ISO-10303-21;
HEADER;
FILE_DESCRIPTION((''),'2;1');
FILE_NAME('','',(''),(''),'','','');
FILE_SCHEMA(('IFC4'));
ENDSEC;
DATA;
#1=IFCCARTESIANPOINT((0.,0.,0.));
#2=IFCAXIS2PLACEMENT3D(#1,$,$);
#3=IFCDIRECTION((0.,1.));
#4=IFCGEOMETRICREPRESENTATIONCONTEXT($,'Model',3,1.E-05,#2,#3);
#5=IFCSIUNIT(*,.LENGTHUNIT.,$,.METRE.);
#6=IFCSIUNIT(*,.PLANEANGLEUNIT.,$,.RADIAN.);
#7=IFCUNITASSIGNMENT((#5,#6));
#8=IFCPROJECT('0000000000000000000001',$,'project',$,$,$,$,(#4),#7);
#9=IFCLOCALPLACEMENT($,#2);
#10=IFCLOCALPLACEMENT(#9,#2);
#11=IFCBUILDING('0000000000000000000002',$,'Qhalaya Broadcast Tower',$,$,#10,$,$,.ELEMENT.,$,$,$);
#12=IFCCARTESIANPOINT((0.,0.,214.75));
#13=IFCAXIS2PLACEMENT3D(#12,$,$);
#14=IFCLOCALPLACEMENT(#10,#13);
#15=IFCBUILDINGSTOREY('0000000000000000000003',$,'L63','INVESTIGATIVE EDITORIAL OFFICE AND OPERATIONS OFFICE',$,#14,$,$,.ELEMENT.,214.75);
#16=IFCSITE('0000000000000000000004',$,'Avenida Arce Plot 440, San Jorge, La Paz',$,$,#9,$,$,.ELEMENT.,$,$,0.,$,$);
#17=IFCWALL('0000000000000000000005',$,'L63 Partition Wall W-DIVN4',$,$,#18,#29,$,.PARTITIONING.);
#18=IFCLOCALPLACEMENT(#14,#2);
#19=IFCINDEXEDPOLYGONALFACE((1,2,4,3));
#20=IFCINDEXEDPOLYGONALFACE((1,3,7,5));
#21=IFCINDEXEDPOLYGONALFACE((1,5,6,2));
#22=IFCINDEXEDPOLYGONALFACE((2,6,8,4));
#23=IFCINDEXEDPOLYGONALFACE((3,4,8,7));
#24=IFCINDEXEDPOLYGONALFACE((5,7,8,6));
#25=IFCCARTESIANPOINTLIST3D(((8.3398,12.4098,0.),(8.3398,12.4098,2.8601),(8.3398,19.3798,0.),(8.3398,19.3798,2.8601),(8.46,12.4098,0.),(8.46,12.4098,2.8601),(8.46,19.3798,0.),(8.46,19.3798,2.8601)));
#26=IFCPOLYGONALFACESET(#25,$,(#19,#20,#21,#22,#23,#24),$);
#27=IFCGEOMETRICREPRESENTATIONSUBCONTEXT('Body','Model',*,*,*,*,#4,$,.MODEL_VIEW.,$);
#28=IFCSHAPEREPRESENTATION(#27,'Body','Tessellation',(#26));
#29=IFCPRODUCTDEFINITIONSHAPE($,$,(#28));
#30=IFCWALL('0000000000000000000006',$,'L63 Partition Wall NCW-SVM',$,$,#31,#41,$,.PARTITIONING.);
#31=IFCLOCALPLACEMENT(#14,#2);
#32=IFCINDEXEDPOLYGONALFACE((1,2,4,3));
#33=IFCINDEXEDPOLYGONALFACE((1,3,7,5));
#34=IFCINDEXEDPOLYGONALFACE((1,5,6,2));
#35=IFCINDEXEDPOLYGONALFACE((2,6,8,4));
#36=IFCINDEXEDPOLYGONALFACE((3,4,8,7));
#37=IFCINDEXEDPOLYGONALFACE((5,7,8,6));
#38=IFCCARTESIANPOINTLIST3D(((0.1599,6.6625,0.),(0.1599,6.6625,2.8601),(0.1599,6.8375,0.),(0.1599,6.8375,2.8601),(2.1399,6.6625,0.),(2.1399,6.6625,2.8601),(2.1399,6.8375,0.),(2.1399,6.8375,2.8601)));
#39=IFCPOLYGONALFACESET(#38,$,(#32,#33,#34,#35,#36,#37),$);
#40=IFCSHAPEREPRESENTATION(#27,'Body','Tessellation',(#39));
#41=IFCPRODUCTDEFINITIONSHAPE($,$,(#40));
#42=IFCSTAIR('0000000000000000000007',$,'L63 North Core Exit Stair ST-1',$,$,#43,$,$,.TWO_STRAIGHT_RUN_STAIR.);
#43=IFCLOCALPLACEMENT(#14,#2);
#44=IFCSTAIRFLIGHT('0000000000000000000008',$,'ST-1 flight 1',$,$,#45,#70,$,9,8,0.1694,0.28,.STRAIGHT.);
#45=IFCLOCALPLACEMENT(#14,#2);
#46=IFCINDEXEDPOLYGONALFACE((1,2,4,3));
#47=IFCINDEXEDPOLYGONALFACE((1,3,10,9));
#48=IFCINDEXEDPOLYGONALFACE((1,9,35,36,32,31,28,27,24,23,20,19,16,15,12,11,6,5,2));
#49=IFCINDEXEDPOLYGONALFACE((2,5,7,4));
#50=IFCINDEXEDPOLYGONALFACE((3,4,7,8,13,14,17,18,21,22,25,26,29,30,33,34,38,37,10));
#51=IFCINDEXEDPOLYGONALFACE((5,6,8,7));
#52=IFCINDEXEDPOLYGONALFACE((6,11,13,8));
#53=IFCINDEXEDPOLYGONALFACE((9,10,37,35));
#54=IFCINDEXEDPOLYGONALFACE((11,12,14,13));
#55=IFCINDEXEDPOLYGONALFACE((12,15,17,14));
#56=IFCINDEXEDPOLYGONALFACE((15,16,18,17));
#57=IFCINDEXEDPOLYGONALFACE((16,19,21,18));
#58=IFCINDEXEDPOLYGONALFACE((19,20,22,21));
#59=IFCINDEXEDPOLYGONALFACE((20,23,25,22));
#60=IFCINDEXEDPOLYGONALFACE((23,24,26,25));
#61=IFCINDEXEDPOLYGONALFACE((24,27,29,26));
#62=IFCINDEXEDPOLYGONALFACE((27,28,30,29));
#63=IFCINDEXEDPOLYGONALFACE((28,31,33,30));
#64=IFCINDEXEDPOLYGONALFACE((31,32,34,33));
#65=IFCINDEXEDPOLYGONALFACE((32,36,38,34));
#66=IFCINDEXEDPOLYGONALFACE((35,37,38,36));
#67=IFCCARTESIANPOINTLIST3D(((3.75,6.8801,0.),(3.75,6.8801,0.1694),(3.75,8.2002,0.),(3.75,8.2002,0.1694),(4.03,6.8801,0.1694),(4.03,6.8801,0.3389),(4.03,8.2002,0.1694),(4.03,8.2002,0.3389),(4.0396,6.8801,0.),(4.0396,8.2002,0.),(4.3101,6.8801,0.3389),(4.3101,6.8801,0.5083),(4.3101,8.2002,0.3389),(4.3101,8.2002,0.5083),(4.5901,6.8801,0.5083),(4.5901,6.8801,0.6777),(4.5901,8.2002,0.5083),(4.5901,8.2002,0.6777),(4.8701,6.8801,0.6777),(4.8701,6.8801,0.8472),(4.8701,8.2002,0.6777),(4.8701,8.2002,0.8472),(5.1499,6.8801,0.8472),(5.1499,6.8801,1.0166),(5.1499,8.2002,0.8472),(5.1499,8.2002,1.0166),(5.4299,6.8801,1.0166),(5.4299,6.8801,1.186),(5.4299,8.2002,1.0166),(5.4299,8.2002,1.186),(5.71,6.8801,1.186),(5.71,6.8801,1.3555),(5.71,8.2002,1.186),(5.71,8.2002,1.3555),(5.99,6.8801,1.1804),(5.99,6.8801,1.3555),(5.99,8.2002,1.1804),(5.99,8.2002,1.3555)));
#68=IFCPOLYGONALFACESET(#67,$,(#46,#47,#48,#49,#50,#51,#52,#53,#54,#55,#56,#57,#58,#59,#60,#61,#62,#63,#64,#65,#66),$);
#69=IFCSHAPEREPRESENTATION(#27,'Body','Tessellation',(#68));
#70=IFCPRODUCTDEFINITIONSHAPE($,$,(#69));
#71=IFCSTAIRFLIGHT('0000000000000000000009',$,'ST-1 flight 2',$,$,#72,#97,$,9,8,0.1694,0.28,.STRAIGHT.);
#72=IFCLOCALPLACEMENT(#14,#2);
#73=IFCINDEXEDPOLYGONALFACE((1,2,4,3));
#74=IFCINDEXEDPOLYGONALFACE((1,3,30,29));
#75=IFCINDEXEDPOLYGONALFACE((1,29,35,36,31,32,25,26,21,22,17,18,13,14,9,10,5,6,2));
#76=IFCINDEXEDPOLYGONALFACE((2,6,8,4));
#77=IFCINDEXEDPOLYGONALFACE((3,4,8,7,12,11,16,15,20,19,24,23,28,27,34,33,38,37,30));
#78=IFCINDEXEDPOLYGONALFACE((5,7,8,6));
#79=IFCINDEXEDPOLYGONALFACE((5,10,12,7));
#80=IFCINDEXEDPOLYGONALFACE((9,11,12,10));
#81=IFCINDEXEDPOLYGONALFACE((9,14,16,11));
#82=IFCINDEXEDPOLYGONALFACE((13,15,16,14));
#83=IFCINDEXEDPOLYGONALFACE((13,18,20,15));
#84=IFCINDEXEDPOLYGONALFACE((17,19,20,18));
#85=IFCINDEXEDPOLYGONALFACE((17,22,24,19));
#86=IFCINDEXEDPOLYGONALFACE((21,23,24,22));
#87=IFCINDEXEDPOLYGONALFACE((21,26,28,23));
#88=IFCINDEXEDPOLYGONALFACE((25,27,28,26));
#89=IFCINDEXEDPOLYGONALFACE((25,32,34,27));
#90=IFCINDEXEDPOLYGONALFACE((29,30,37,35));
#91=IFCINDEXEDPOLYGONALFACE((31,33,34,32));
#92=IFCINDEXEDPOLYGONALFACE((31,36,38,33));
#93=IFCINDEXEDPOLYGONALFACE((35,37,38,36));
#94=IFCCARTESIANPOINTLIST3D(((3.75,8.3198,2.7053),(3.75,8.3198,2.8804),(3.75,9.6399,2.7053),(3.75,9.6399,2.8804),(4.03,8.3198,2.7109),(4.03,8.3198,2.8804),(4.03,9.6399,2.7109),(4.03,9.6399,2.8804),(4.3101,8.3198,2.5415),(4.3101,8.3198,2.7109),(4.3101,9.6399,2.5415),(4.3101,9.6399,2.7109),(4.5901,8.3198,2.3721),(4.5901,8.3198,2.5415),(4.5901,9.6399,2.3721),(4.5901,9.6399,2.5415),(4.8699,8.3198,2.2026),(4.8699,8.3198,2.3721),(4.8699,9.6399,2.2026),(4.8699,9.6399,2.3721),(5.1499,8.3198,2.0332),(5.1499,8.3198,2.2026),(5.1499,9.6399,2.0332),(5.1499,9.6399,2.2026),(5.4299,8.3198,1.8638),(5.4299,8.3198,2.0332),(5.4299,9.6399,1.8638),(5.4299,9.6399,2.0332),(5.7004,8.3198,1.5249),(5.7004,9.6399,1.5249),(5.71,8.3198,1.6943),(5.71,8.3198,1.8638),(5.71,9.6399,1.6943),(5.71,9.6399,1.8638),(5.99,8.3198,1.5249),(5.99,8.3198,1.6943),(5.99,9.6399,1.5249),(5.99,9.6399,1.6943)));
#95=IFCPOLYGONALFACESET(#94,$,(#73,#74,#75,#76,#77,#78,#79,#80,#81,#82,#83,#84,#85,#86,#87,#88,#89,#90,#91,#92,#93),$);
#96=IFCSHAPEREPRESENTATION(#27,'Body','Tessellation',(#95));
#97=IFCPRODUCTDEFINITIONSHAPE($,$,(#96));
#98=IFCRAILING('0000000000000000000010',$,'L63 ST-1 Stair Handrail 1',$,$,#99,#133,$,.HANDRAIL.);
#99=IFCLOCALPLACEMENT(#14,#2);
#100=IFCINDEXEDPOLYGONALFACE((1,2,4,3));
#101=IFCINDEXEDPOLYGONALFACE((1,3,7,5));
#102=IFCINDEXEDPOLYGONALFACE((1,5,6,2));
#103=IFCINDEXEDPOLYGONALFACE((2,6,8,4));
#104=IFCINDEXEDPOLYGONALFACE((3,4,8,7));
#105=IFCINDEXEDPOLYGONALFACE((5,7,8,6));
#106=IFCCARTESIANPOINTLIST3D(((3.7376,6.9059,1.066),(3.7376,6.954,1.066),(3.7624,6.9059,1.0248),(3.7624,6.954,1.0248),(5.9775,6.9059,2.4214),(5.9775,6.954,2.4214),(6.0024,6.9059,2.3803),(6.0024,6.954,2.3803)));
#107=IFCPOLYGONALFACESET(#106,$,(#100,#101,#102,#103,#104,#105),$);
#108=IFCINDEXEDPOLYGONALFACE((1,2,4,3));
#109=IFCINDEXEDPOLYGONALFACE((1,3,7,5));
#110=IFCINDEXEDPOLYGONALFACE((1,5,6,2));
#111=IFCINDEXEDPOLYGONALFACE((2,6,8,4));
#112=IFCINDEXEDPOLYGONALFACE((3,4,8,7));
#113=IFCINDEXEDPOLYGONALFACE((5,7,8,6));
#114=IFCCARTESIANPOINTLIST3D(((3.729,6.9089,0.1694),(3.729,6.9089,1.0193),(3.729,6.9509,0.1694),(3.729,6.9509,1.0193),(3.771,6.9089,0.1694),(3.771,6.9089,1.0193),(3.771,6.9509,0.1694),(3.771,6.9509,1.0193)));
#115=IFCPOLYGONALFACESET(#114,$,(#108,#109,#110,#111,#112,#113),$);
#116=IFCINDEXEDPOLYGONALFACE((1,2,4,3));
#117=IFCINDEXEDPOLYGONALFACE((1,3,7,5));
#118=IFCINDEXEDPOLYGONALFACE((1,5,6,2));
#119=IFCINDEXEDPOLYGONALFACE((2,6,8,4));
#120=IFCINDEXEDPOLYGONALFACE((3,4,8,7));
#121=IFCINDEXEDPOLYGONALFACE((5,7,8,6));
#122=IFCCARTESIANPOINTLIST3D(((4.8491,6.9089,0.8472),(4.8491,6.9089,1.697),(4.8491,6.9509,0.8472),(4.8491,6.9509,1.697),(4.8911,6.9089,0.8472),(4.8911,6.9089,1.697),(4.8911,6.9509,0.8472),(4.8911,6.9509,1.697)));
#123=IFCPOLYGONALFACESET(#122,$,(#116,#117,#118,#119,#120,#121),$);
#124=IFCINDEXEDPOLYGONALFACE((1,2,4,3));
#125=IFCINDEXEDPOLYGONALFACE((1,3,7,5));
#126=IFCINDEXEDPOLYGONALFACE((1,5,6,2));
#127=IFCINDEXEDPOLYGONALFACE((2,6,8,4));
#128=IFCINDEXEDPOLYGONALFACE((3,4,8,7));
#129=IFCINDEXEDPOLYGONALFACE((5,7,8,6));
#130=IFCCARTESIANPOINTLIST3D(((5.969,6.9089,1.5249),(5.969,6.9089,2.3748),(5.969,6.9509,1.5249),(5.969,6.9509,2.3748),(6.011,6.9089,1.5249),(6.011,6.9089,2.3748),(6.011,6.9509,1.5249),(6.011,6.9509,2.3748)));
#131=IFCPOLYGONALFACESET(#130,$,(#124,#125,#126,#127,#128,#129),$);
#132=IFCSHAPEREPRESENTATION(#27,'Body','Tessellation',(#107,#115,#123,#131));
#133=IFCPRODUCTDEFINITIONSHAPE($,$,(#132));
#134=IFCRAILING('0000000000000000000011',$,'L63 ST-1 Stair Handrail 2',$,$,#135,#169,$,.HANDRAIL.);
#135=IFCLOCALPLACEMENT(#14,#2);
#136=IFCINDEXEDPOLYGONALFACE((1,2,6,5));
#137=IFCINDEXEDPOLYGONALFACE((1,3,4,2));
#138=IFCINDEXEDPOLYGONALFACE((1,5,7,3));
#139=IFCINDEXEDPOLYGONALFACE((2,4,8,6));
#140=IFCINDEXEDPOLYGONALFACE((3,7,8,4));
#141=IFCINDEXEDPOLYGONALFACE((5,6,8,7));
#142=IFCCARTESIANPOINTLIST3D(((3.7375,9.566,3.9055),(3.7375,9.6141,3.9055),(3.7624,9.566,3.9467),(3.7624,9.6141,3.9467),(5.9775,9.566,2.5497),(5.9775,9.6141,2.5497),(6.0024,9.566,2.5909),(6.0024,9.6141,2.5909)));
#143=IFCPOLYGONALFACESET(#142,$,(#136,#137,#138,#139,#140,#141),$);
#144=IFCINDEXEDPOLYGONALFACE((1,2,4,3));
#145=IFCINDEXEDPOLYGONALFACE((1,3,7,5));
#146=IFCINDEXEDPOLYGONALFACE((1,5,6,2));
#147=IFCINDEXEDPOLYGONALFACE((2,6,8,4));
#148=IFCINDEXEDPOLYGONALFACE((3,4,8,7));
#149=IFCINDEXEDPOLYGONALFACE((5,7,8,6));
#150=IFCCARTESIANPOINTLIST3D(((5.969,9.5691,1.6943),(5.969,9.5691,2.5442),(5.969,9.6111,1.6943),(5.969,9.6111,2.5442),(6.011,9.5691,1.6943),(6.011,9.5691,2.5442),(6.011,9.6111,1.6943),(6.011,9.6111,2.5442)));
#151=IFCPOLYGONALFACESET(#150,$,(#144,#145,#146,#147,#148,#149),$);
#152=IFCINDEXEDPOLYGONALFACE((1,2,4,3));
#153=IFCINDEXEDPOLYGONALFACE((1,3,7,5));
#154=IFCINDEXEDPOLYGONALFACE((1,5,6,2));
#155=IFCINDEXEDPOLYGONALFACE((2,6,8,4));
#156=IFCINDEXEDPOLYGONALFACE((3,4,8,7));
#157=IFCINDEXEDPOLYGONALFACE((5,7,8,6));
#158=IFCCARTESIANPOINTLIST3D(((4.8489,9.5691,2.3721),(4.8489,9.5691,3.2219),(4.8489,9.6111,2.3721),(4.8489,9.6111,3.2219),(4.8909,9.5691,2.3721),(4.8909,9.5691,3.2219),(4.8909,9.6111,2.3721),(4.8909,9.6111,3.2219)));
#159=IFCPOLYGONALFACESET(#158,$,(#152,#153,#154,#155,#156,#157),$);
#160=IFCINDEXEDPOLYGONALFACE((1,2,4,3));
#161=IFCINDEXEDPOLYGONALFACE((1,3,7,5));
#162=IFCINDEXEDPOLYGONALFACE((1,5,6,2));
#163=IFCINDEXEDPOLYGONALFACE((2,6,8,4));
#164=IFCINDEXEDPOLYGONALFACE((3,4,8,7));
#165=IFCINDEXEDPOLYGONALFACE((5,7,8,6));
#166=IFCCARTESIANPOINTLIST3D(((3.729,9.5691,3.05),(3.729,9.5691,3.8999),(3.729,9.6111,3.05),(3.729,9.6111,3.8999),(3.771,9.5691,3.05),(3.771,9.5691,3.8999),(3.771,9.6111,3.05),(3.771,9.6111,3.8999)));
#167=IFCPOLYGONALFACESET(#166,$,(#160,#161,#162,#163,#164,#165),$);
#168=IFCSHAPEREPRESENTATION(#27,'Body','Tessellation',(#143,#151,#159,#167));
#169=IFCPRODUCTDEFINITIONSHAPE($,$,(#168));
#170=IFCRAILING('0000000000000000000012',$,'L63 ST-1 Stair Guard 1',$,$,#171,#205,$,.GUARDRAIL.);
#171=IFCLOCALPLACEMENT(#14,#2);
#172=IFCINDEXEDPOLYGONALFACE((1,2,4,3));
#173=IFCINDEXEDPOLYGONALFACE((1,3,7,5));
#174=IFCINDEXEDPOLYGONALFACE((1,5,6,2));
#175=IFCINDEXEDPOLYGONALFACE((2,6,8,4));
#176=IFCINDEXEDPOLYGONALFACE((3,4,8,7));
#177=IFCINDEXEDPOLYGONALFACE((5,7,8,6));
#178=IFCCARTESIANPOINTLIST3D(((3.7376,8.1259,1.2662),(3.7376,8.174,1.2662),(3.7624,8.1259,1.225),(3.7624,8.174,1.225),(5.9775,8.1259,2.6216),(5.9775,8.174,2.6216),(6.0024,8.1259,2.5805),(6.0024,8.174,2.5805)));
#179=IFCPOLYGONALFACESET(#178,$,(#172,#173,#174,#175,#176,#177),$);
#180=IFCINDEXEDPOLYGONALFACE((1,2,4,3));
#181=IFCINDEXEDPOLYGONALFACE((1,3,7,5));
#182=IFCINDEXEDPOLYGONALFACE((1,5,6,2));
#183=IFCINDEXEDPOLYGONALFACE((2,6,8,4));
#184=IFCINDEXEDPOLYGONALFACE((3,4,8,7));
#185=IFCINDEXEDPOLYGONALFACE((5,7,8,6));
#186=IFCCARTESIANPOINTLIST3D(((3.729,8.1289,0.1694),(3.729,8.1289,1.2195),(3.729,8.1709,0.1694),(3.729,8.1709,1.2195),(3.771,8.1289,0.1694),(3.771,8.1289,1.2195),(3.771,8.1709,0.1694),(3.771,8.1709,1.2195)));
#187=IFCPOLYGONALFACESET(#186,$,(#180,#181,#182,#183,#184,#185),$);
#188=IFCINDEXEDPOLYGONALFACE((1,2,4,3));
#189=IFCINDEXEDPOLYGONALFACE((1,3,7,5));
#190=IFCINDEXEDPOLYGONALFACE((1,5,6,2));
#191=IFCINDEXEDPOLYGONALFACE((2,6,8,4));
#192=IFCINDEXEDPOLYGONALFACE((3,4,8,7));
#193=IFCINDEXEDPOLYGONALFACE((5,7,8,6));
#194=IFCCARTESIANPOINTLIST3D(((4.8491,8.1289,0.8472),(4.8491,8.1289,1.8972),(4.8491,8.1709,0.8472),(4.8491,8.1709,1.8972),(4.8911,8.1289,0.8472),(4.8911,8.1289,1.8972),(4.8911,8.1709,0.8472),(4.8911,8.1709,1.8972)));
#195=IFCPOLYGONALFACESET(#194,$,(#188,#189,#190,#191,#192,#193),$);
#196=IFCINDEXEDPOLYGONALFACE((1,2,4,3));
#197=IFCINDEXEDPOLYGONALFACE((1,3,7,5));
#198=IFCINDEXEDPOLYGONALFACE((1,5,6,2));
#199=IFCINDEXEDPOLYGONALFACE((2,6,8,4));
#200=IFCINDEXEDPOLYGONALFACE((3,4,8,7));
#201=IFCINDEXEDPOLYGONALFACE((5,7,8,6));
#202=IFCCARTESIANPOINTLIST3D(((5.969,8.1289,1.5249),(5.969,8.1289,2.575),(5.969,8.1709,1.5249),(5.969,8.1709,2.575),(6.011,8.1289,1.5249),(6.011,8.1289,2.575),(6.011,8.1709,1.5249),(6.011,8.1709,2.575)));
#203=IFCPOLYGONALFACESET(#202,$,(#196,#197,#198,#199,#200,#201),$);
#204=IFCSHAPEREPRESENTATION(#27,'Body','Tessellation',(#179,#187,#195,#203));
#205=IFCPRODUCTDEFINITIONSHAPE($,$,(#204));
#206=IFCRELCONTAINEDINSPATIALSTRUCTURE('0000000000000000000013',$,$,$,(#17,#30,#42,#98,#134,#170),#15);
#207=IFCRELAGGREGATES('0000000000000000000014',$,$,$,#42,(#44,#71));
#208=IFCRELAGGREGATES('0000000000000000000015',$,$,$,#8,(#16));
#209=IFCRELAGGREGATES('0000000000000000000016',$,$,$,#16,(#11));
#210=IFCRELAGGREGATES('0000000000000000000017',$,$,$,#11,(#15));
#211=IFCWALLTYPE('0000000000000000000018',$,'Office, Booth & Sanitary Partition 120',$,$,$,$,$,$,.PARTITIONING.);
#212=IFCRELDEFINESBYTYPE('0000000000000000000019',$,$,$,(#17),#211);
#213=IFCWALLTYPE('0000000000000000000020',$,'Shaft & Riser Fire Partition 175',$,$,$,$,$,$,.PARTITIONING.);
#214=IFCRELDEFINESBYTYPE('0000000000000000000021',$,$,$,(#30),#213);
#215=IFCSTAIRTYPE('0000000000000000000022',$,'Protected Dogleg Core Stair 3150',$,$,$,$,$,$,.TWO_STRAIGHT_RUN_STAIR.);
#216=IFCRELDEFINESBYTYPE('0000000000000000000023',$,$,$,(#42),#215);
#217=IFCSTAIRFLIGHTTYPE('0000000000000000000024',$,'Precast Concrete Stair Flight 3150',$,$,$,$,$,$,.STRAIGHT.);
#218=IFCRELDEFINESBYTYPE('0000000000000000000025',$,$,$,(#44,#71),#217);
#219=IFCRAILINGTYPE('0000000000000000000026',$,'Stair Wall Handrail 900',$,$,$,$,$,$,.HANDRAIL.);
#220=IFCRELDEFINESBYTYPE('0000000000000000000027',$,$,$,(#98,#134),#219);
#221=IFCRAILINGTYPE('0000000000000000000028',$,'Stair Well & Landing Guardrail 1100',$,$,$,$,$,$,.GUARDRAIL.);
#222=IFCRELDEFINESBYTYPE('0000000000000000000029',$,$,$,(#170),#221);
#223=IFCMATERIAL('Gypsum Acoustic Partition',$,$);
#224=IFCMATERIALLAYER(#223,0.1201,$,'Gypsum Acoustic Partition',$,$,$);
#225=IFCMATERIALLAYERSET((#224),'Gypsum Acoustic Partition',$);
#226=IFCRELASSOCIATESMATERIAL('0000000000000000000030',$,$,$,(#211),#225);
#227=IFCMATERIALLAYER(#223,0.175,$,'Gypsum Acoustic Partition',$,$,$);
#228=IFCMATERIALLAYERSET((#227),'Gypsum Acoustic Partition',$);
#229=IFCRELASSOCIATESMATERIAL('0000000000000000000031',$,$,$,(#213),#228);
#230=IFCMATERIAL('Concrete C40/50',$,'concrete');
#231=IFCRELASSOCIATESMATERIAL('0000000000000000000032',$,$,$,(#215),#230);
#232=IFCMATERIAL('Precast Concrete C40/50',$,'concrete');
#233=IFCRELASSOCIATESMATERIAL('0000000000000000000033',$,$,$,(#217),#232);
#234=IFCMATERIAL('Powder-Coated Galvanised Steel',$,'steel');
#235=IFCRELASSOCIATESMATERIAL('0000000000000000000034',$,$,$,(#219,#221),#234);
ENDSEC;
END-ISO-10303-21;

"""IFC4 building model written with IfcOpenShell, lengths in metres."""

from ifc_helpers import new_model, si_unit, direction, frame, frame_2d, origin, origin_2d, place, context, subcontext, project, spatial, polyline, rectangle, outline, extrude, material, layer, layer_set, type_object, element, aggregate, save


model = new_model("IFC4")

# Units and contexts
model_context = context("Model", 3, precision=1e-05, world=origin(), true_north=direction((0.0, 1.0)))
body_context = subcontext(model_context, "Body", "Model", "MODEL_VIEW")
ifc_project = project(units=[si_unit("LENGTHUNIT", "METRE"), si_unit("PLANEANGLEUNIT", "RADIAN")], contexts=[model_context])

# Site, building, storey
site_placement = place(None, origin())
site = spatial("IfcSite", under=ifc_project, at=site_placement, Name="Avenida Arce Plot 440, San Jorge, La Paz", CompositionType="ELEMENT", RefElevation=0.0)
building_placement = place(site_placement, origin())
building = spatial("IfcBuilding", under=site, at=building_placement, Name="Qhalaya Broadcast Tower", CompositionType="ELEMENT")
storey_placement = place(building_placement, frame((0.0, 0.0, 214.75)))
storey = spatial("IfcBuildingStorey", under=building, at=storey_placement, Name="L63", Description="INVESTIGATIVE EDITORIAL OFFICE AND OPERATIONS OFFICE", CompositionType="ELEMENT", Elevation=214.75)

# Shared definitions
ifc_material_1 = material(Name="Gypsum Acoustic Partition")

# Shared definitions
ifc_material_2 = material(Name="Precast Concrete C40/50", Category="concrete")

# Wall
ifc_layer_1 = layer(ifc_material_1, 0.1201, Name="Gypsum Acoustic Partition")
ifc_layer_set_1 = layer_set([ifc_layer_1], Name="Gypsum Acoustic Partition")
wall_type_1 = type_object("IfcWallType", Name="Office, Booth & Sanitary Partition 120", PredefinedType="PARTITIONING", material=ifc_layer_set_1)
wall_1_placement = place(storey_placement, frame((8.3999, 12.4099, 0.0), z_axis=(0.0, 0.0, 1.0), x_axis=(0.0, 1.0, 0.0)))
element("IfcWall", 1, at=wall_1_placement, inside=storey, type_object=wall_type_1, Name="L63 Partition Wall W-DIVN4", PredefinedType="PARTITIONING", context=body_context, shape_type="SweptSolid", body=[
    extrude(rectangle(XDim=6.97, YDim=0.1201, at=frame_2d((3.4849, 0.0))), origin(), (0.0, 0.0, 1.0), 2.8601),
])

# Shared definitions
ifc_layer_2 = layer(ifc_material_1, 0.175, Name="Gypsum Acoustic Partition")
ifc_layer_set_2 = layer_set([ifc_layer_2], Name="Gypsum Acoustic Partition")
wall_type_2 = type_object("IfcWallType", Name="Shaft & Riser Fire Partition 175", PredefinedType="PARTITIONING", material=ifc_layer_set_2)

# Wall
wall_2_placement = place(storey_placement, frame((0.1599, 6.75, 0.0), z_axis=(0.0, 0.0, 1.0), x_axis=(1.0, 0.0, 0.0)))
element("IfcWall", 2, at=wall_2_placement, inside=storey, type_object=wall_type_2, Name="L63 Partition Wall NCW-SVM", PredefinedType="PARTITIONING", context=body_context, shape_type="SweptSolid", body=[
    extrude(rectangle(XDim=1.98, YDim=0.175, at=frame_2d((0.99, 0.0))), origin(), (0.0, 0.0, 1.0), 2.8601),
])

# Stair, stair flights
ifc_material_3 = material(Name="Concrete C40/50", Category="concrete")
stair_type = type_object("IfcStairType", Name="Protected Dogleg Core Stair 3150", PredefinedType="TWO_STRAIGHT_RUN_STAIR", material=ifc_material_3)
stair_placement = place(storey_placement, origin())
stair = element("IfcStair", 3, at=stair_placement, inside=storey, type_object=stair_type, Name="L63 North Core Exit Stair ST-1", PredefinedType="TWO_STRAIGHT_RUN_STAIR")
stair_flight_type = type_object("IfcStairFlightType", Name="Precast Concrete Stair Flight 3150", PredefinedType="STRAIGHT", material=ifc_material_2)
stair_flight_1_placement = place(storey_placement, frame((3.75, 7.54, 0.0), z_axis=(0.0, 0.0, 1.0), x_axis=(1.0, 0.0, 0.0)))
stair_flight_1 = element("IfcStairFlight", 4, at=stair_flight_1_placement, type_object=stair_flight_type, Name="ST-1 flight 1", NumberOfRisers=9, NumberOfTreads=8, PredefinedType="STRAIGHT", RiserHeight=0.1694, TreadLength=0.28, context=body_context, shape_type="SweptSolid", body=[
    extrude(outline(polyline([(0.0, 0.0), (0.0, 0.1694), (0.28, 0.1694), (0.28, 0.3389), (0.5601, 0.3389), (0.5601, 0.5083), (0.8401, 0.5083), (0.8401, 0.6777), (1.1201, 0.6777), (1.1201, 0.8472), (1.3999, 0.8472), (1.3999, 1.0166), (1.6799, 1.0166), (1.6799, 1.186), (1.96, 1.186), (1.96, 1.3555), (2.24, 1.3555), (2.24, 1.5249), (2.24, 1.1804), (0.2896, 0.0), (0.0, 0.0)])), frame((0.0, 0.6602, 0.0), z_axis=(0.0, -1.0, 0.0), x_axis=(1.0, 0.0, 0.0)), (0.0, 0.0, 1.0), 1.3201),
])
stair_flight_2_placement = place(storey_placement, frame((5.99, 8.98, 1.5249), z_axis=(0.0, 0.0, 1.0), x_axis=(-1.0, 0.0, 0.0)))
stair_flight_2 = element("IfcStairFlight", 5, at=stair_flight_2_placement, type_object=stair_flight_type, Name="ST-1 flight 2", NumberOfRisers=9, NumberOfTreads=8, PredefinedType="STRAIGHT", RiserHeight=0.1694, TreadLength=0.28, context=body_context, shape_type="SweptSolid", body=[
    extrude(outline(polyline([(0.0, 0.0), (0.0, 0.1694), (0.28, 0.1694), (0.28, 0.3389), (0.5601, 0.3389), (0.5601, 0.5083), (0.8401, 0.5083), (0.8401, 0.6777), (1.1201, 0.6777), (1.1201, 0.8472), (1.3999, 0.8472), (1.3999, 1.0166), (1.6799, 1.0166), (1.6799, 1.186), (1.96, 1.186), (1.96, 1.3555), (2.24, 1.3555), (2.24, 1.5249), (2.24, 1.1804), (0.2896, 0.0), (0.0, 0.0)])), frame((0.0, 0.6602, 0.0), z_axis=(0.0, -1.0, 0.0), x_axis=(1.0, 0.0, 0.0)), (0.0, 0.0, 1.0), 1.3201),
])
aggregate(stair, [stair_flight_1, stair_flight_2])

# Railings
ifc_material_4 = material(Name="Powder-Coated Galvanised Steel", Category="steel")
railing_type_1 = type_object("IfcRailingType", Name="Stair Wall Handrail 900", PredefinedType="HANDRAIL", material=ifc_material_4)
railing_1_placement = place(storey_placement, frame((3.75, 6.9299, 0.1694)))
element("IfcRailing", 6, at=railing_1_placement, inside=storey, type_object=railing_type_1, Name="L63 ST-1 Stair Handrail 1", PredefinedType="HANDRAIL", context=body_context, shape_type="SweptSolid", body=[
    extrude(rectangle(XDim=0.0481, YDim=0.0481, at=origin_2d()), frame((0.0, 0.0, 0.876), z_axis=(0.855553, 0.0, 0.517715), x_axis=(0.0, 1.0, 0.0)), (0.0, 0.0, 1.0), 2.6182),
    extrude(rectangle(XDim=0.042, YDim=0.042, at=origin_2d()), origin(), (0.0, 0.0, 1.0), 0.8499),
    extrude(rectangle(XDim=0.042, YDim=0.042, at=origin_2d()), frame((1.1201, 0.0, 0.6777)), (0.0, 0.0, 1.0), 0.8499),
    extrude(rectangle(XDim=0.042, YDim=0.042, at=origin_2d()), frame((2.24, 0.0, 1.3555)), (0.0, 0.0, 1.0), 0.8499),
])
railing_2_placement = place(storey_placement, frame((5.99, 9.5901, 1.6943)))
element("IfcRailing", 7, at=railing_2_placement, inside=storey, type_object=railing_type_1, Name="L63 ST-1 Stair Handrail 2", PredefinedType="HANDRAIL", context=body_context, shape_type="SweptSolid", body=[
    extrude(rectangle(XDim=0.0481, YDim=0.0481, at=origin_2d()), frame((0.0, 0.0, 0.876), z_axis=(-0.855512, 0.0, 0.517783), x_axis=(0.0, -1.0, 0.0)), (0.0, 0.0, 1.0), 2.6184),
    extrude(rectangle(XDim=0.042, YDim=0.042, at=origin_2d()), origin(), (0.0, 0.0, 1.0), 0.8499),
    extrude(rectangle(XDim=0.042, YDim=0.042, at=origin_2d()), frame((-1.1201, 0.0, 0.6777)), (0.0, 0.0, 1.0), 0.8499),
    extrude(rectangle(XDim=0.042, YDim=0.042, at=origin_2d()), frame((-2.24, 0.0, 1.3557)), (0.0, 0.0, 1.0), 0.8499),
])
railing_type_2 = type_object("IfcRailingType", Name="Stair Well & Landing Guardrail 1100", PredefinedType="GUARDRAIL", material=ifc_material_4)
railing_3_placement = place(storey_placement, frame((3.75, 8.1499, 0.1694)))
element("IfcRailing", 8, at=railing_3_placement, inside=storey, type_object=railing_type_2, Name="L63 ST-1 Stair Guard 1", PredefinedType="GUARDRAIL", context=body_context, shape_type="SweptSolid", body=[
    extrude(rectangle(XDim=0.0481, YDim=0.0481, at=origin_2d()), frame((0.0, 0.0, 1.0762), z_axis=(0.855553, 0.0, 0.517715), x_axis=(0.0, 1.0, 0.0)), (0.0, 0.0, 1.0), 2.6182),
    extrude(rectangle(XDim=0.042, YDim=0.042, at=origin_2d()), origin(), (0.0, 0.0, 1.0), 1.05),
    extrude(rectangle(XDim=0.042, YDim=0.042, at=origin_2d()), frame((1.1201, 0.0, 0.6777)), (0.0, 0.0, 1.0), 1.05),
    extrude(rectangle(XDim=0.042, YDim=0.042, at=origin_2d()), frame((2.24, 0.0, 1.3555)), (0.0, 0.0, 1.0), 1.05),
])

save(model, "model.ifc")
